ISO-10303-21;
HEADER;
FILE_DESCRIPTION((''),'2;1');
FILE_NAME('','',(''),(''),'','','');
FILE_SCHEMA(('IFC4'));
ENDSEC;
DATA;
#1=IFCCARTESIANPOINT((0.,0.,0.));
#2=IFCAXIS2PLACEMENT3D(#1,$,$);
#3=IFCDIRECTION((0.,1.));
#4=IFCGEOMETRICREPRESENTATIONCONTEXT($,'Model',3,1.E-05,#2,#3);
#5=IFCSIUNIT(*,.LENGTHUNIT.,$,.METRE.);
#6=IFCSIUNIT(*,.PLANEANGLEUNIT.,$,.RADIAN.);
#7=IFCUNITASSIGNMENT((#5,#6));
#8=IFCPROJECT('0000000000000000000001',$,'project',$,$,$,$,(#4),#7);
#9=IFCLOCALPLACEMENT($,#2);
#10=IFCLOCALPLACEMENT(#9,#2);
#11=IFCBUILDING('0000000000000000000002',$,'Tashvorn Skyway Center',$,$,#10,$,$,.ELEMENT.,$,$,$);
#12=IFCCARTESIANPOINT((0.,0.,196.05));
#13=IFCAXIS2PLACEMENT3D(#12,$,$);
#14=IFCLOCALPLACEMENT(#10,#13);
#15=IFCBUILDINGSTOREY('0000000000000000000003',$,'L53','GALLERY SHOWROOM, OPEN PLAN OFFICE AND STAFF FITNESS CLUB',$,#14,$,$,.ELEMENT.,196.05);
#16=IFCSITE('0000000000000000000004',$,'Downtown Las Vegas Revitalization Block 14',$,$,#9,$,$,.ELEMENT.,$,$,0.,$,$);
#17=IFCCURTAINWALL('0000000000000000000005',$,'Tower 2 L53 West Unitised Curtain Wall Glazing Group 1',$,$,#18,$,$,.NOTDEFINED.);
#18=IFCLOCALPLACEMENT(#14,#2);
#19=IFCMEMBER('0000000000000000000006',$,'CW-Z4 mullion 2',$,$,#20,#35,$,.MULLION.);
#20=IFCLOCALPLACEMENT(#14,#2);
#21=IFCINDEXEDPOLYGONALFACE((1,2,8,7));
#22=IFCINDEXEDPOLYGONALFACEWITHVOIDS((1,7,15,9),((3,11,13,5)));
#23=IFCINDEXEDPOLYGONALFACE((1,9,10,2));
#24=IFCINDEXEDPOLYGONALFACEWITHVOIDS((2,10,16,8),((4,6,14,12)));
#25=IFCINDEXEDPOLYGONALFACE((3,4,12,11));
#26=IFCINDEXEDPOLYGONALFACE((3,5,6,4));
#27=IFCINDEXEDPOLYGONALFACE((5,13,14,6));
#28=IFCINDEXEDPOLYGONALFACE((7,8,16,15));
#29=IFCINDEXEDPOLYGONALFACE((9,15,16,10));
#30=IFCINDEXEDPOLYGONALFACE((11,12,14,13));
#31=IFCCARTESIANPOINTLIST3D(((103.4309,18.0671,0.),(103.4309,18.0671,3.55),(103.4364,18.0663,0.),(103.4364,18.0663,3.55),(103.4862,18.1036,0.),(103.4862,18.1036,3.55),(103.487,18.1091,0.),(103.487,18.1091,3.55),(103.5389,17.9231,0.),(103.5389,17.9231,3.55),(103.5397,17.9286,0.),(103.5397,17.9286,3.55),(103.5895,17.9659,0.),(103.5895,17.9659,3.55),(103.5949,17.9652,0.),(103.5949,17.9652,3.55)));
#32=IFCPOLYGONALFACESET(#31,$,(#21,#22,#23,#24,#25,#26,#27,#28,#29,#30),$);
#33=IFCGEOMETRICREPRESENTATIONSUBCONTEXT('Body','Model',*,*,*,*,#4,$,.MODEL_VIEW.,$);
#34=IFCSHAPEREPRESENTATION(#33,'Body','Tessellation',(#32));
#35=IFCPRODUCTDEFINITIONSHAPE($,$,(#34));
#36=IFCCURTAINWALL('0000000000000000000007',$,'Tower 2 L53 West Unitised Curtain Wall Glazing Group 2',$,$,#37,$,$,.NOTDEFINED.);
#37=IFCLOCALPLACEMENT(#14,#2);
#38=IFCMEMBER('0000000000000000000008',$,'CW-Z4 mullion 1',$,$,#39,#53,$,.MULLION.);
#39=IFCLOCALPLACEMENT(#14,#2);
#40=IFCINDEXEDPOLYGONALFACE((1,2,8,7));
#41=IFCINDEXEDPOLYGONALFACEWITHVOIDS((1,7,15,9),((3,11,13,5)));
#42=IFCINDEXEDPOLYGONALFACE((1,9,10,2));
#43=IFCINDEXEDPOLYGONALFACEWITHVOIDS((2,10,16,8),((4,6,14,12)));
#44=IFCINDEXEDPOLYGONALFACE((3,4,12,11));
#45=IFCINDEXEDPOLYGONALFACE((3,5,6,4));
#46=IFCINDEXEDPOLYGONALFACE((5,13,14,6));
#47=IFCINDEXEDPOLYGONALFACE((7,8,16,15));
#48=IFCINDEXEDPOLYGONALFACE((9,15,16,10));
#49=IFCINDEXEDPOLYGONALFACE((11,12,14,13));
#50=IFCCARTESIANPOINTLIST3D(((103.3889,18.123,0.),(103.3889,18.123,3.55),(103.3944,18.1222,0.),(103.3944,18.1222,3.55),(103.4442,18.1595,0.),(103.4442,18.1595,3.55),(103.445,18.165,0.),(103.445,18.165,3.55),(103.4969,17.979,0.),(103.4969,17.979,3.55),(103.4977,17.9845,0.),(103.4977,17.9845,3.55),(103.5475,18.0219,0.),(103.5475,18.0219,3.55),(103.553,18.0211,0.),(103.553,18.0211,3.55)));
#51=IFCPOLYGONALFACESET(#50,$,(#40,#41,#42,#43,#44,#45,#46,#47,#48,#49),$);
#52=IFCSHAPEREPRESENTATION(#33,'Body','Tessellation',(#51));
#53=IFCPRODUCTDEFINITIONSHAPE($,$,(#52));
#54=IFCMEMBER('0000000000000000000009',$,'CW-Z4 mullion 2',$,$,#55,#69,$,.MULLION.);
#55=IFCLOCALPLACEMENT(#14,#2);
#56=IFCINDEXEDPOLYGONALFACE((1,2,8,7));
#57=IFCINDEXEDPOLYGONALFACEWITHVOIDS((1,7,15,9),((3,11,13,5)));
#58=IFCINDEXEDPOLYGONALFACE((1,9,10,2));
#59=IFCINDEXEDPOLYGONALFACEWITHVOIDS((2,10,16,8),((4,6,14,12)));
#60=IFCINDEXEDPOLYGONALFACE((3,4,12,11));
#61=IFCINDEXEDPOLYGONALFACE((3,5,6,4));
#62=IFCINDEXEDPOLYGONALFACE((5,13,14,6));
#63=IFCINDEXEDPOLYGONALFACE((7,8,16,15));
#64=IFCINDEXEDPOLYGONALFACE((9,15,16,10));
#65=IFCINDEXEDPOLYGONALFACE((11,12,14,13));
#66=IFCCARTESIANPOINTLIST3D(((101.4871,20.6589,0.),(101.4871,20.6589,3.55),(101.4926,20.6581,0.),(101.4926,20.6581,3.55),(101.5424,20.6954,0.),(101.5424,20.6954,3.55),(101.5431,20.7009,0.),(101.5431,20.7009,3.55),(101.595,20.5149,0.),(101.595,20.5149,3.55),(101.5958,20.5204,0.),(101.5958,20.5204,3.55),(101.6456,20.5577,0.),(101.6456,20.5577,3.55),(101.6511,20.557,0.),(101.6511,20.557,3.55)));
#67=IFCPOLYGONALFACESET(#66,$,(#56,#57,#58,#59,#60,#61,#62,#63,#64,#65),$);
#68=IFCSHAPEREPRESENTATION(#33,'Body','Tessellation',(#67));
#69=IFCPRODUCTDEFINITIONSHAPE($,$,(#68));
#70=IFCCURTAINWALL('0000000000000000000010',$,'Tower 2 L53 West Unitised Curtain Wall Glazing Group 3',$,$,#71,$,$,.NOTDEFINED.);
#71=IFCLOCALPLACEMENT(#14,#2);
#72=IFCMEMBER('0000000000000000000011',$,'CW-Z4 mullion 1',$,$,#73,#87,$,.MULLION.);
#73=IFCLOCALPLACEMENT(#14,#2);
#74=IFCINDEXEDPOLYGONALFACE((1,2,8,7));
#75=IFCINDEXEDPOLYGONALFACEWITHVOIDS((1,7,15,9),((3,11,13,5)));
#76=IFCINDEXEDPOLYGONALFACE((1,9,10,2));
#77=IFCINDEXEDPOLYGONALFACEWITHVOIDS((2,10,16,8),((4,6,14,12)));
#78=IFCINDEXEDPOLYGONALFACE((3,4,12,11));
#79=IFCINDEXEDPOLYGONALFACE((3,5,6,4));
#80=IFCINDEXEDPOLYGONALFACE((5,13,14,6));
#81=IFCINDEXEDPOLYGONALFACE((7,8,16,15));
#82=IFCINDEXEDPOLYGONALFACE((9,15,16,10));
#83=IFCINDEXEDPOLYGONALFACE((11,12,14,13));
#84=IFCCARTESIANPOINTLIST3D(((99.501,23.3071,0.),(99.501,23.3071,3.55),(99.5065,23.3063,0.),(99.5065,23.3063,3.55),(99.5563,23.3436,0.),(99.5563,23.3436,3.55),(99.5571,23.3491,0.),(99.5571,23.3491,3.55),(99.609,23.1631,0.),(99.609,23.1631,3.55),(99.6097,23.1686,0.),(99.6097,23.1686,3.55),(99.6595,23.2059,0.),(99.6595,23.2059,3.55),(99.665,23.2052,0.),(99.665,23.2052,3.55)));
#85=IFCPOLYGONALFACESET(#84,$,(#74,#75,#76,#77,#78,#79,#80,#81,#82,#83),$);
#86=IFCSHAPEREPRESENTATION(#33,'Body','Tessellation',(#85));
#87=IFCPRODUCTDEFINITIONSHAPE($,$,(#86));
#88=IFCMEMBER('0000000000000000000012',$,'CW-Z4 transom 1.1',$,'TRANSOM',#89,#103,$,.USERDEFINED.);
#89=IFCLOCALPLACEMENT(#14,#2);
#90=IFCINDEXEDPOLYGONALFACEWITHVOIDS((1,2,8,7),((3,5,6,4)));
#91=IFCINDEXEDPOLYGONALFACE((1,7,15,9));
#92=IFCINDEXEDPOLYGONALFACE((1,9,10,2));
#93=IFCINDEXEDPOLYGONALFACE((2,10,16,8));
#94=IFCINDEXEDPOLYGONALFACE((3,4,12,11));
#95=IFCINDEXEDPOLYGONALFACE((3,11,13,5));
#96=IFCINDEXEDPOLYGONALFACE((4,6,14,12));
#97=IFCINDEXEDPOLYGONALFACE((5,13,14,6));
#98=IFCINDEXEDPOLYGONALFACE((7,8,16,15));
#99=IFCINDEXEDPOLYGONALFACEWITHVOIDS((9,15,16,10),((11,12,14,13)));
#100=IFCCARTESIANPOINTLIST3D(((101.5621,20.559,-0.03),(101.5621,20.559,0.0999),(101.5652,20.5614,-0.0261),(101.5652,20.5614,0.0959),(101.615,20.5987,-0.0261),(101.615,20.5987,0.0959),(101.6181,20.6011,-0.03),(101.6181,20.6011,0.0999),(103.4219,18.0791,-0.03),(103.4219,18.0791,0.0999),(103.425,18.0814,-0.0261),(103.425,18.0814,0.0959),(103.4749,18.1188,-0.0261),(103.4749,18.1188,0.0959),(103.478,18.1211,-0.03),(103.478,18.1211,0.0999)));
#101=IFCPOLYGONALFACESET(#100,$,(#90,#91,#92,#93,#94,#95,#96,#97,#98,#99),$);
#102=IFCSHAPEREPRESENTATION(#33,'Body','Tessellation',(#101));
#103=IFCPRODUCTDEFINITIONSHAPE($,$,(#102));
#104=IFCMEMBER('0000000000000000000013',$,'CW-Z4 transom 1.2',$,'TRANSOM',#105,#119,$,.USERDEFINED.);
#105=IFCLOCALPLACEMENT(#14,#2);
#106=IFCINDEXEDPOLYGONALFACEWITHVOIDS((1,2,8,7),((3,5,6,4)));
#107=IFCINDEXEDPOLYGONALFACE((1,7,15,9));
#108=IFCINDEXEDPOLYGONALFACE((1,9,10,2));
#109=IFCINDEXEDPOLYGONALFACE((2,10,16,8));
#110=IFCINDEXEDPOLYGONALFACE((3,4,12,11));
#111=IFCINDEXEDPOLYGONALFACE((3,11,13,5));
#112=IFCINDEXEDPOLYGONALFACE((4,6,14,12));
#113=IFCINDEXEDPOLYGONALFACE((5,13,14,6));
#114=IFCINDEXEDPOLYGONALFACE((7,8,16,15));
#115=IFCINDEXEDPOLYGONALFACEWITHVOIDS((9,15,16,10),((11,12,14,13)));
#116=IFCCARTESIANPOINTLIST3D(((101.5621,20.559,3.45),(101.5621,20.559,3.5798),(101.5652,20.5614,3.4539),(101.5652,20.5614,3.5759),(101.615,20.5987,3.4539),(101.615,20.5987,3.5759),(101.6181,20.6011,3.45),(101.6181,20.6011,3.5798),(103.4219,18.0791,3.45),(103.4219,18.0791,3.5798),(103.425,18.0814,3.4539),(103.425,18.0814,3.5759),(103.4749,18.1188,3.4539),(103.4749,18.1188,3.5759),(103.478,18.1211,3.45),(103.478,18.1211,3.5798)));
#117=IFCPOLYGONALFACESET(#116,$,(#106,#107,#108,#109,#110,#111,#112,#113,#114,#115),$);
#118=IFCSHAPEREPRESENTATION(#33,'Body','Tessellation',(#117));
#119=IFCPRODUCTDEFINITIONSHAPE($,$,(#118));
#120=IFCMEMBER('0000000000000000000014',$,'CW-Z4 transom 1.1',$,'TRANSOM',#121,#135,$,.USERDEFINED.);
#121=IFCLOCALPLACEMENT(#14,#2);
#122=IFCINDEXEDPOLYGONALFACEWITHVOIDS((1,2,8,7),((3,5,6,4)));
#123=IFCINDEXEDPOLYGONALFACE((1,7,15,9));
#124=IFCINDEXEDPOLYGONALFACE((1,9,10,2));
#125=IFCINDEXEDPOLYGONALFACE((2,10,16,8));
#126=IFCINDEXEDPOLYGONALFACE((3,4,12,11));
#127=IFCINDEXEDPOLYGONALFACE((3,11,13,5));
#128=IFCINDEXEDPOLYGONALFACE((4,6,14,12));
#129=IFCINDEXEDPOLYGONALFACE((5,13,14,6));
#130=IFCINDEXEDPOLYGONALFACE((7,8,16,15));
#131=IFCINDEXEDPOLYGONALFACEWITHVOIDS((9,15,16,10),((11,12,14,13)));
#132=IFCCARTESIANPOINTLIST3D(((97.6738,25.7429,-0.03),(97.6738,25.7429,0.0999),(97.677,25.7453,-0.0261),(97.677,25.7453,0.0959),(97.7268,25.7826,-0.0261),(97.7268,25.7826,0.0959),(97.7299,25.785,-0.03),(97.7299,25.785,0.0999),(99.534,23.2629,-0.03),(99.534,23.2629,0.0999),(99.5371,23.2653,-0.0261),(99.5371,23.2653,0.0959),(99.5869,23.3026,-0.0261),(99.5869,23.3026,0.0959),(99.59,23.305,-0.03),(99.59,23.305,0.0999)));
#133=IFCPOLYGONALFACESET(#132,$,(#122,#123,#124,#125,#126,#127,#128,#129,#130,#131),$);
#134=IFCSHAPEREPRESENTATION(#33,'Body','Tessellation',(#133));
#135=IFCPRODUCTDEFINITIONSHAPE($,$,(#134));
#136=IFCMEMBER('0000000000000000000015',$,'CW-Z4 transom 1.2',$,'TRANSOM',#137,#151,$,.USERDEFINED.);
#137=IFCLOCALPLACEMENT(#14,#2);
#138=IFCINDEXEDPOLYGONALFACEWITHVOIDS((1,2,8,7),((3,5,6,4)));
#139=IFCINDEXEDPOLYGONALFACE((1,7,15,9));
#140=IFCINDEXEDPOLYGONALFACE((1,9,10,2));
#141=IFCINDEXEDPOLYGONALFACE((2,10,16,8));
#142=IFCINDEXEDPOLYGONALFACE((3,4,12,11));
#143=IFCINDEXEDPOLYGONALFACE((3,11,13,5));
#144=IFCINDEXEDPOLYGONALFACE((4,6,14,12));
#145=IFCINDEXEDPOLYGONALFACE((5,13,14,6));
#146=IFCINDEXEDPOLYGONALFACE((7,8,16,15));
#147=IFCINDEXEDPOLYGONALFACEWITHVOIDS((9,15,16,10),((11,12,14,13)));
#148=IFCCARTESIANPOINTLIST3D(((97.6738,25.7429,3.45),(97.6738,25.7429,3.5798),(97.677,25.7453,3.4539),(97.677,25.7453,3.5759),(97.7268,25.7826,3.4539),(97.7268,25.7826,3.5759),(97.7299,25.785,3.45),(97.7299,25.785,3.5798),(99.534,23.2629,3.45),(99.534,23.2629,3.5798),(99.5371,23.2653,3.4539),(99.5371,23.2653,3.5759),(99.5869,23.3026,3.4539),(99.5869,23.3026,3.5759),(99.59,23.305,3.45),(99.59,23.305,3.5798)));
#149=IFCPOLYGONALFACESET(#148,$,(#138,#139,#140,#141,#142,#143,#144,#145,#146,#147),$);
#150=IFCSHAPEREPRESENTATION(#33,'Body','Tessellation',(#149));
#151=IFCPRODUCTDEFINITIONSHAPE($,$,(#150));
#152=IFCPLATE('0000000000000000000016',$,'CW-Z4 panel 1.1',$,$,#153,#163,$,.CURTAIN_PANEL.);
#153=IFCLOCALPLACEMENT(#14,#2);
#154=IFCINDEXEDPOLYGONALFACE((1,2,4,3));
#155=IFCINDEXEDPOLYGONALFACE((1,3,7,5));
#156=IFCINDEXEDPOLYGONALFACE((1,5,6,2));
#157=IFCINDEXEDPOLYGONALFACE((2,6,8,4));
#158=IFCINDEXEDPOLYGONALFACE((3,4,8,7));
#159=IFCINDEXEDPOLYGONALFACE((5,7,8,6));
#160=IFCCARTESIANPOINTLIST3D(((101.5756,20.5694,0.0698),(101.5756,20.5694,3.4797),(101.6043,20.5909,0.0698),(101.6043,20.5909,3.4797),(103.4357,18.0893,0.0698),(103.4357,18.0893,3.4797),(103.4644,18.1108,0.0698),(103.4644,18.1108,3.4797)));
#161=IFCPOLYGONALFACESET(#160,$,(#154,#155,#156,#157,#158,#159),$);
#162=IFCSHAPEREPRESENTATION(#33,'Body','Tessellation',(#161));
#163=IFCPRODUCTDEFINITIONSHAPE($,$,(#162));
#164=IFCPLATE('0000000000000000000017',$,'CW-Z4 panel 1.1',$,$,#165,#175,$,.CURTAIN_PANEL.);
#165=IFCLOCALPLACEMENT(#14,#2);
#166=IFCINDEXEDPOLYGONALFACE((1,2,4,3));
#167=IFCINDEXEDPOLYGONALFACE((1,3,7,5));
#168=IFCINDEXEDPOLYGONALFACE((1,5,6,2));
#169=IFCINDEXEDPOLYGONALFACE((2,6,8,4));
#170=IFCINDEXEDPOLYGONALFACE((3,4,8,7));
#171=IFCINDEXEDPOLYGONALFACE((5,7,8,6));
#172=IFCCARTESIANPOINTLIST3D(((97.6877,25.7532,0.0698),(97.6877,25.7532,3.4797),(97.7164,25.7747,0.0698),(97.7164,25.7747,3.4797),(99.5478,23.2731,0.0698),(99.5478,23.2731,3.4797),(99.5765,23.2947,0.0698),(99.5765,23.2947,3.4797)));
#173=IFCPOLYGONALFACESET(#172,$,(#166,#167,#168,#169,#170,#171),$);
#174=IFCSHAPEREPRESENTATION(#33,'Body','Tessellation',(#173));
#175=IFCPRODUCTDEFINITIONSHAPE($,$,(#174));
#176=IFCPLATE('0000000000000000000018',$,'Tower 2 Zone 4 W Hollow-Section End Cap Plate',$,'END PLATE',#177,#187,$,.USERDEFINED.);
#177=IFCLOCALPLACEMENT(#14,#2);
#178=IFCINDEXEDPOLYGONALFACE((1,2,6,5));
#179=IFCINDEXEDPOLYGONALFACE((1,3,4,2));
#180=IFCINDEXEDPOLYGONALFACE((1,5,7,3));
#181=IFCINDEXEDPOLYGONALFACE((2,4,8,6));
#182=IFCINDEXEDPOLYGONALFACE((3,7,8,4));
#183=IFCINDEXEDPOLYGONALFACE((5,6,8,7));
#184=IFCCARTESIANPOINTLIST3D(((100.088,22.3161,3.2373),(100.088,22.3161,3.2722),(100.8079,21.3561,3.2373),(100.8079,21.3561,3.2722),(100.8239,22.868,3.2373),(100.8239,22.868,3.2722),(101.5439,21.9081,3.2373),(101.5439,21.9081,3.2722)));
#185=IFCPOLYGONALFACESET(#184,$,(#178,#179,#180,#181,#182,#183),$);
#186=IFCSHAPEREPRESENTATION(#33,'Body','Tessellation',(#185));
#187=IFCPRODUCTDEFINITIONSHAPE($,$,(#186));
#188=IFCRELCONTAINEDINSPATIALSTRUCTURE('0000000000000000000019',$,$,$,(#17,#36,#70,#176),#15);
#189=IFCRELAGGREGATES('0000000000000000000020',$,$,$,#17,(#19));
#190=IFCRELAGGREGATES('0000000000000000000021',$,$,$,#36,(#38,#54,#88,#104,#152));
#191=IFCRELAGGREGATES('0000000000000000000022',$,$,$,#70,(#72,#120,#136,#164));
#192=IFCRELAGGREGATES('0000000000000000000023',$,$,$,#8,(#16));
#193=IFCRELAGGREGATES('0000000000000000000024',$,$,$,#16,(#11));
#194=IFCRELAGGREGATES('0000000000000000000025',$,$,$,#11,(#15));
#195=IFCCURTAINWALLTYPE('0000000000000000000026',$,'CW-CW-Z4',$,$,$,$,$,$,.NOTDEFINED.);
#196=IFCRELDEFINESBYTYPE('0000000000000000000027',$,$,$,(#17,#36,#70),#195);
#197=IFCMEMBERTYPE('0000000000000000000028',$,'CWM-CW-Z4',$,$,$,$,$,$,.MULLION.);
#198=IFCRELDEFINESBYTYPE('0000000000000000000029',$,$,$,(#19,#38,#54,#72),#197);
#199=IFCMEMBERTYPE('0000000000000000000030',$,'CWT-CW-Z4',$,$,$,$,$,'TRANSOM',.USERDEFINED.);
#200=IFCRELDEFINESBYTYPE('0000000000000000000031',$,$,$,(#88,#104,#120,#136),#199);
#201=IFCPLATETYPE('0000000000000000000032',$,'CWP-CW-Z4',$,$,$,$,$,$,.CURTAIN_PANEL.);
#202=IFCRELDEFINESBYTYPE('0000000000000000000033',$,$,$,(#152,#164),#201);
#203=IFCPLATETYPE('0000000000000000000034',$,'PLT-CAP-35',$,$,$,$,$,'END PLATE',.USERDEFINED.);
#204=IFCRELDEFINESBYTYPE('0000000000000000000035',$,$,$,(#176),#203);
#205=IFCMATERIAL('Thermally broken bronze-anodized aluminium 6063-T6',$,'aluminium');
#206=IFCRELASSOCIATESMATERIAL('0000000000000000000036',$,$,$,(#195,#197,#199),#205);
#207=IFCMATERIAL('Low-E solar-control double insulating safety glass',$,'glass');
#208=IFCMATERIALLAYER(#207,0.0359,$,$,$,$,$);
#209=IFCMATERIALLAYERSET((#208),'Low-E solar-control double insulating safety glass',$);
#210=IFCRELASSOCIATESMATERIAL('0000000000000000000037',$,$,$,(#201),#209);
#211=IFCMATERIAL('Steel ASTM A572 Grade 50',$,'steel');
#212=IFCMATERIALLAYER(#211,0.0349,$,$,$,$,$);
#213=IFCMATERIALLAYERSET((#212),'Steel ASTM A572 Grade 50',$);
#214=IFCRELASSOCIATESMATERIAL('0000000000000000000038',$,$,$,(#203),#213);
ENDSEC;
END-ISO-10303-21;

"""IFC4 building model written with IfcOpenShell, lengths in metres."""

from ifc_helpers import new_model, si_unit, direction, frame, origin, origin_2d, place, context, subcontext, project, spatial, rectangle, hollow_rectangle, extrude, material, layer, layer_set, material_profile, profile_set, type_object, element, aggregate, save


model = new_model("IFC4")

# Units and contexts
model_context = context("Model", 3, precision=1e-05, world=origin(), true_north=direction((0.0, 1.0)))
body_context = subcontext(model_context, "Body", "Model", "MODEL_VIEW")
ifc_project = project(units=[si_unit("LENGTHUNIT", "METRE"), si_unit("PLANEANGLEUNIT", "RADIAN")], contexts=[model_context])

# Site, building, storey
site_placement = place(None, origin())
site = spatial("IfcSite", under=ifc_project, at=site_placement, Name="Downtown Las Vegas Revitalization Block 14", CompositionType="ELEMENT", RefElevation=0.0)
building_placement = place(site_placement, origin())
building = spatial("IfcBuilding", under=site, at=building_placement, Name="Tashvorn Skyway Center", CompositionType="ELEMENT")
storey_placement = place(building_placement, frame((0.0, 0.0, 196.05)))
storey = spatial("IfcBuildingStorey", under=building, at=storey_placement, Name="L53", Description="GALLERY SHOWROOM, OPEN PLAN OFFICE AND STAFF FITNESS CLUB", CompositionType="ELEMENT", Elevation=196.05)

# Curtain wall, member
ifc_material_1 = material(Name="Thermally broken bronze-anodized aluminium 6063-T6", Category="aluminium")
curtain_wall_type = type_object("IfcCurtainWallType", Name="CW-CW-Z4", PredefinedType="NOTDEFINED", material=ifc_material_1)
curtain_wall_1_placement = place(storey_placement, origin())
curtain_wall_1 = element("IfcCurtainWall", 1, at=curtain_wall_1_placement, inside=storey, type_object=curtain_wall_type, Name="Tower 2 L53 West Unitised Curtain Wall Glazing Group 1", PredefinedType="NOTDEFINED")
ifc_material_profile_1 = material_profile(ifc_material_1, hollow_rectangle(XDim=0.0701, YDim=0.1799, WallThickness=0.0039, at=origin_2d()), Name="ALU-MULL-70x180")
ifc_profile_set_1 = profile_set([ifc_material_profile_1], Name="Thermally broken bronze-anodized aluminium 6063-T6")
member_type_1 = type_object("IfcMemberType", Name="CWM-CW-Z4", PredefinedType="MULLION", material=ifc_profile_set_1)
member_1_placement = place(storey_placement, frame((103.5129, 18.0161, 0.0), z_axis=(0.0, 0.0, 1.0), x_axis=(-0.8, -0.6, 0.0)))
member_1 = element("IfcMember", 2, at=member_1_placement, type_object=member_type_1, Name="CW-Z4 mullion 2", PredefinedType="MULLION", context=body_context, shape_type="SweptSolid", body=[
    extrude(hollow_rectangle(XDim=0.0701, YDim=0.1799, WallThickness=0.0039, at=origin_2d()), origin(), (0.0, 0.0, 1.0), 3.55),
])
aggregate(curtain_wall_1, [member_1])

# Curtain wall, members
curtain_wall_2_placement = place(storey_placement, origin())
curtain_wall_2 = element("IfcCurtainWall", 3, at=curtain_wall_2_placement, inside=storey, type_object=curtain_wall_type, Name="Tower 2 L53 West Unitised Curtain Wall Glazing Group 2", PredefinedType="NOTDEFINED")
member_2_placement = place(storey_placement, frame((103.4709, 18.072, 0.0), z_axis=(0.0, 0.0, 1.0), x_axis=(-0.8, -0.6, 0.0)))
member_2 = element("IfcMember", 4, at=member_2_placement, type_object=member_type_1, Name="CW-Z4 mullion 1", PredefinedType="MULLION", context=body_context, shape_type="SweptSolid", body=[
    extrude(hollow_rectangle(XDim=0.0701, YDim=0.1799, WallThickness=0.0039, at=origin_2d()), origin(), (0.0, 0.0, 1.0), 3.55),
])
member_3_placement = place(storey_placement, frame((101.5691, 20.6079, 0.0), z_axis=(0.0, 0.0, 1.0), x_axis=(-0.8, -0.6, 0.0)))
member_3 = element("IfcMember", 5, at=member_3_placement, type_object=member_type_1, Name="CW-Z4 mullion 2", PredefinedType="MULLION", context=body_context, shape_type="SweptSolid", body=[
    extrude(hollow_rectangle(XDim=0.0701, YDim=0.1799, WallThickness=0.0039, at=origin_2d()), origin(), (0.0, 0.0, 1.0), 3.55),
])

# Curtain wall, member
curtain_wall_3_placement = place(storey_placement, origin())
curtain_wall_3 = element("IfcCurtainWall", 6, at=curtain_wall_3_placement, inside=storey, type_object=curtain_wall_type, Name="Tower 2 L53 West Unitised Curtain Wall Glazing Group 3", PredefinedType="NOTDEFINED")
member_4_placement = place(storey_placement, frame((99.583, 23.2561, 0.0), z_axis=(0.0, 0.0, 1.0), x_axis=(-0.8, -0.6, 0.0)))
member_4 = element("IfcMember", 7, at=member_4_placement, type_object=member_type_1, Name="CW-Z4 mullion 1", PredefinedType="MULLION", context=body_context, shape_type="SweptSolid", body=[
    extrude(hollow_rectangle(XDim=0.0701, YDim=0.1799, WallThickness=0.0039, at=origin_2d()), origin(), (0.0, 0.0, 1.0), 3.55),
])

# Members
ifc_material_profile_2 = material_profile(ifc_material_1, hollow_rectangle(XDim=0.0701, YDim=0.1299, WallThickness=0.0039, at=origin_2d()), Name="ALU-TRAN-70x130")
ifc_profile_set_2 = profile_set([ifc_material_profile_2], Name="Thermally broken bronze-anodized aluminium 6063-T6")
member_type_2 = type_object("IfcMemberType", Name="CWT-CW-Z4", ElementType="TRANSOM", PredefinedType="USERDEFINED", material=ifc_profile_set_2)
member_5_placement = place(storey_placement, frame((103.45, 18.1001, 0.0349), z_axis=(-0.599975, 0.800019, 0.0), x_axis=(-0.800019, -0.599975, 0.0)))
member_5 = element("IfcMember", 8, at=member_5_placement, type_object=member_type_2, Name="CW-Z4 transom 1.1", ObjectType="TRANSOM", PredefinedType="USERDEFINED", context=body_context, shape_type="SweptSolid", body=[
    extrude(hollow_rectangle(XDim=0.0701, YDim=0.1299, WallThickness=0.0039, at=origin_2d()), origin(), (0.0, 0.0, 1.0), 3.0999),
])
member_6_placement = place(storey_placement, frame((103.45, 18.1001, 3.5149), z_axis=(-0.599975, 0.800019, 0.0), x_axis=(-0.800019, -0.599975, 0.0)))
member_6 = element("IfcMember", 9, at=member_6_placement, type_object=member_type_2, Name="CW-Z4 transom 1.2", ObjectType="TRANSOM", PredefinedType="USERDEFINED", context=body_context, shape_type="SweptSolid", body=[
    extrude(hollow_rectangle(XDim=0.0701, YDim=0.1299, WallThickness=0.0039, at=origin_2d()), origin(), (0.0, 0.0, 1.0), 3.0999),
])
member_7_placement = place(storey_placement, frame((99.562, 23.2839, 0.0349), z_axis=(-0.600025, 0.799981, 0.0), x_axis=(-0.799981, -0.600025, 0.0)))
member_7 = element("IfcMember", 10, at=member_7_placement, type_object=member_type_2, Name="CW-Z4 transom 1.1", ObjectType="TRANSOM", PredefinedType="USERDEFINED", context=body_context, shape_type="SweptSolid", body=[
    extrude(hollow_rectangle(XDim=0.0701, YDim=0.1299, WallThickness=0.0039, at=origin_2d()), origin(), (0.0, 0.0, 1.0), 3.1001),
])
member_8_placement = place(storey_placement, frame((99.562, 23.2839, 3.5149), z_axis=(-0.600025, 0.799981, 0.0), x_axis=(-0.799981, -0.600025, 0.0)))
member_8 = element("IfcMember", 11, at=member_8_placement, type_object=member_type_2, Name="CW-Z4 transom 1.2", ObjectType="TRANSOM", PredefinedType="USERDEFINED", context=body_context, shape_type="SweptSolid", body=[
    extrude(hollow_rectangle(XDim=0.0701, YDim=0.1299, WallThickness=0.0039, at=origin_2d()), origin(), (0.0, 0.0, 1.0), 3.1001),
])

# Plates
ifc_material_2 = material(Name="Low-E solar-control double insulating safety glass", Category="glass")
ifc_layer_1 = layer(ifc_material_2, 0.0359)
ifc_layer_set_1 = layer_set([ifc_layer_1], Name="Low-E solar-control double insulating safety glass")
plate_type_1 = type_object("IfcPlateType", Name="CWP-CW-Z4", PredefinedType="CURTAIN_PANEL", material=ifc_layer_set_1)
plate_1_placement = place(storey_placement, frame((102.52, 19.3401, 0.0698), z_axis=(0.0, 0.0, 1.0), x_axis=(-0.6, 0.8, 0.0)))
plate_1 = element("IfcPlate", 12, at=plate_1_placement, type_object=plate_type_1, Name="CW-Z4 panel 1.1", PredefinedType="CURTAIN_PANEL", context=body_context, shape_type="SweptSolid", body=[
    extrude(rectangle(XDim=3.1001, YDim=0.0359, at=origin_2d()), origin(), (0.0, 0.0, 1.0), 3.4099),
])
aggregate(curtain_wall_2, [member_2, member_3, member_5, member_6, plate_1])
plate_2_placement = place(storey_placement, frame((98.6321, 24.5239, 0.0698), z_axis=(0.0, 0.0, 1.0), x_axis=(-0.6, 0.8, 0.0)))
plate_2 = element("IfcPlate", 13, at=plate_2_placement, type_object=plate_type_1, Name="CW-Z4 panel 1.1", PredefinedType="CURTAIN_PANEL", context=body_context, shape_type="SweptSolid", body=[
    extrude(rectangle(XDim=3.1001, YDim=0.0359, at=origin_2d()), origin(), (0.0, 0.0, 1.0), 3.4099),
])
aggregate(curtain_wall_3, [member_4, member_7, member_8, plate_2])

# Plate
ifc_material_3 = material(Name="Steel ASTM A572 Grade 50", Category="steel")
ifc_layer_2 = layer(ifc_material_3, 0.0349)
ifc_layer_set_2 = layer_set([ifc_layer_2], Name="Steel ASTM A572 Grade 50")
plate_type_2 = type_object("IfcPlateType", Name="PLT-CAP-35", ElementType="END PLATE", PredefinedType="USERDEFINED", material=ifc_layer_set_2)
plate_3_placement = place(storey_placement, frame((100.8159, 22.1121, 3.2373), z_axis=(0.0, 0.0, 1.0), x_axis=(0.6, -0.8, 0.0)))
element("IfcPlate", 14, at=plate_3_placement, inside=storey, type_object=plate_type_2, Name="Tower 2 Zone 4 W Hollow-Section End Cap Plate", ObjectType="END PLATE", PredefinedType="USERDEFINED", context=body_context, shape_type="SweptSolid", body=[
    extrude(rectangle(XDim=1.2, YDim=0.9199, at=origin_2d()), origin(), (0.0, 0.0, 1.0), 0.0349),
])

save(model, "model.ifc")
